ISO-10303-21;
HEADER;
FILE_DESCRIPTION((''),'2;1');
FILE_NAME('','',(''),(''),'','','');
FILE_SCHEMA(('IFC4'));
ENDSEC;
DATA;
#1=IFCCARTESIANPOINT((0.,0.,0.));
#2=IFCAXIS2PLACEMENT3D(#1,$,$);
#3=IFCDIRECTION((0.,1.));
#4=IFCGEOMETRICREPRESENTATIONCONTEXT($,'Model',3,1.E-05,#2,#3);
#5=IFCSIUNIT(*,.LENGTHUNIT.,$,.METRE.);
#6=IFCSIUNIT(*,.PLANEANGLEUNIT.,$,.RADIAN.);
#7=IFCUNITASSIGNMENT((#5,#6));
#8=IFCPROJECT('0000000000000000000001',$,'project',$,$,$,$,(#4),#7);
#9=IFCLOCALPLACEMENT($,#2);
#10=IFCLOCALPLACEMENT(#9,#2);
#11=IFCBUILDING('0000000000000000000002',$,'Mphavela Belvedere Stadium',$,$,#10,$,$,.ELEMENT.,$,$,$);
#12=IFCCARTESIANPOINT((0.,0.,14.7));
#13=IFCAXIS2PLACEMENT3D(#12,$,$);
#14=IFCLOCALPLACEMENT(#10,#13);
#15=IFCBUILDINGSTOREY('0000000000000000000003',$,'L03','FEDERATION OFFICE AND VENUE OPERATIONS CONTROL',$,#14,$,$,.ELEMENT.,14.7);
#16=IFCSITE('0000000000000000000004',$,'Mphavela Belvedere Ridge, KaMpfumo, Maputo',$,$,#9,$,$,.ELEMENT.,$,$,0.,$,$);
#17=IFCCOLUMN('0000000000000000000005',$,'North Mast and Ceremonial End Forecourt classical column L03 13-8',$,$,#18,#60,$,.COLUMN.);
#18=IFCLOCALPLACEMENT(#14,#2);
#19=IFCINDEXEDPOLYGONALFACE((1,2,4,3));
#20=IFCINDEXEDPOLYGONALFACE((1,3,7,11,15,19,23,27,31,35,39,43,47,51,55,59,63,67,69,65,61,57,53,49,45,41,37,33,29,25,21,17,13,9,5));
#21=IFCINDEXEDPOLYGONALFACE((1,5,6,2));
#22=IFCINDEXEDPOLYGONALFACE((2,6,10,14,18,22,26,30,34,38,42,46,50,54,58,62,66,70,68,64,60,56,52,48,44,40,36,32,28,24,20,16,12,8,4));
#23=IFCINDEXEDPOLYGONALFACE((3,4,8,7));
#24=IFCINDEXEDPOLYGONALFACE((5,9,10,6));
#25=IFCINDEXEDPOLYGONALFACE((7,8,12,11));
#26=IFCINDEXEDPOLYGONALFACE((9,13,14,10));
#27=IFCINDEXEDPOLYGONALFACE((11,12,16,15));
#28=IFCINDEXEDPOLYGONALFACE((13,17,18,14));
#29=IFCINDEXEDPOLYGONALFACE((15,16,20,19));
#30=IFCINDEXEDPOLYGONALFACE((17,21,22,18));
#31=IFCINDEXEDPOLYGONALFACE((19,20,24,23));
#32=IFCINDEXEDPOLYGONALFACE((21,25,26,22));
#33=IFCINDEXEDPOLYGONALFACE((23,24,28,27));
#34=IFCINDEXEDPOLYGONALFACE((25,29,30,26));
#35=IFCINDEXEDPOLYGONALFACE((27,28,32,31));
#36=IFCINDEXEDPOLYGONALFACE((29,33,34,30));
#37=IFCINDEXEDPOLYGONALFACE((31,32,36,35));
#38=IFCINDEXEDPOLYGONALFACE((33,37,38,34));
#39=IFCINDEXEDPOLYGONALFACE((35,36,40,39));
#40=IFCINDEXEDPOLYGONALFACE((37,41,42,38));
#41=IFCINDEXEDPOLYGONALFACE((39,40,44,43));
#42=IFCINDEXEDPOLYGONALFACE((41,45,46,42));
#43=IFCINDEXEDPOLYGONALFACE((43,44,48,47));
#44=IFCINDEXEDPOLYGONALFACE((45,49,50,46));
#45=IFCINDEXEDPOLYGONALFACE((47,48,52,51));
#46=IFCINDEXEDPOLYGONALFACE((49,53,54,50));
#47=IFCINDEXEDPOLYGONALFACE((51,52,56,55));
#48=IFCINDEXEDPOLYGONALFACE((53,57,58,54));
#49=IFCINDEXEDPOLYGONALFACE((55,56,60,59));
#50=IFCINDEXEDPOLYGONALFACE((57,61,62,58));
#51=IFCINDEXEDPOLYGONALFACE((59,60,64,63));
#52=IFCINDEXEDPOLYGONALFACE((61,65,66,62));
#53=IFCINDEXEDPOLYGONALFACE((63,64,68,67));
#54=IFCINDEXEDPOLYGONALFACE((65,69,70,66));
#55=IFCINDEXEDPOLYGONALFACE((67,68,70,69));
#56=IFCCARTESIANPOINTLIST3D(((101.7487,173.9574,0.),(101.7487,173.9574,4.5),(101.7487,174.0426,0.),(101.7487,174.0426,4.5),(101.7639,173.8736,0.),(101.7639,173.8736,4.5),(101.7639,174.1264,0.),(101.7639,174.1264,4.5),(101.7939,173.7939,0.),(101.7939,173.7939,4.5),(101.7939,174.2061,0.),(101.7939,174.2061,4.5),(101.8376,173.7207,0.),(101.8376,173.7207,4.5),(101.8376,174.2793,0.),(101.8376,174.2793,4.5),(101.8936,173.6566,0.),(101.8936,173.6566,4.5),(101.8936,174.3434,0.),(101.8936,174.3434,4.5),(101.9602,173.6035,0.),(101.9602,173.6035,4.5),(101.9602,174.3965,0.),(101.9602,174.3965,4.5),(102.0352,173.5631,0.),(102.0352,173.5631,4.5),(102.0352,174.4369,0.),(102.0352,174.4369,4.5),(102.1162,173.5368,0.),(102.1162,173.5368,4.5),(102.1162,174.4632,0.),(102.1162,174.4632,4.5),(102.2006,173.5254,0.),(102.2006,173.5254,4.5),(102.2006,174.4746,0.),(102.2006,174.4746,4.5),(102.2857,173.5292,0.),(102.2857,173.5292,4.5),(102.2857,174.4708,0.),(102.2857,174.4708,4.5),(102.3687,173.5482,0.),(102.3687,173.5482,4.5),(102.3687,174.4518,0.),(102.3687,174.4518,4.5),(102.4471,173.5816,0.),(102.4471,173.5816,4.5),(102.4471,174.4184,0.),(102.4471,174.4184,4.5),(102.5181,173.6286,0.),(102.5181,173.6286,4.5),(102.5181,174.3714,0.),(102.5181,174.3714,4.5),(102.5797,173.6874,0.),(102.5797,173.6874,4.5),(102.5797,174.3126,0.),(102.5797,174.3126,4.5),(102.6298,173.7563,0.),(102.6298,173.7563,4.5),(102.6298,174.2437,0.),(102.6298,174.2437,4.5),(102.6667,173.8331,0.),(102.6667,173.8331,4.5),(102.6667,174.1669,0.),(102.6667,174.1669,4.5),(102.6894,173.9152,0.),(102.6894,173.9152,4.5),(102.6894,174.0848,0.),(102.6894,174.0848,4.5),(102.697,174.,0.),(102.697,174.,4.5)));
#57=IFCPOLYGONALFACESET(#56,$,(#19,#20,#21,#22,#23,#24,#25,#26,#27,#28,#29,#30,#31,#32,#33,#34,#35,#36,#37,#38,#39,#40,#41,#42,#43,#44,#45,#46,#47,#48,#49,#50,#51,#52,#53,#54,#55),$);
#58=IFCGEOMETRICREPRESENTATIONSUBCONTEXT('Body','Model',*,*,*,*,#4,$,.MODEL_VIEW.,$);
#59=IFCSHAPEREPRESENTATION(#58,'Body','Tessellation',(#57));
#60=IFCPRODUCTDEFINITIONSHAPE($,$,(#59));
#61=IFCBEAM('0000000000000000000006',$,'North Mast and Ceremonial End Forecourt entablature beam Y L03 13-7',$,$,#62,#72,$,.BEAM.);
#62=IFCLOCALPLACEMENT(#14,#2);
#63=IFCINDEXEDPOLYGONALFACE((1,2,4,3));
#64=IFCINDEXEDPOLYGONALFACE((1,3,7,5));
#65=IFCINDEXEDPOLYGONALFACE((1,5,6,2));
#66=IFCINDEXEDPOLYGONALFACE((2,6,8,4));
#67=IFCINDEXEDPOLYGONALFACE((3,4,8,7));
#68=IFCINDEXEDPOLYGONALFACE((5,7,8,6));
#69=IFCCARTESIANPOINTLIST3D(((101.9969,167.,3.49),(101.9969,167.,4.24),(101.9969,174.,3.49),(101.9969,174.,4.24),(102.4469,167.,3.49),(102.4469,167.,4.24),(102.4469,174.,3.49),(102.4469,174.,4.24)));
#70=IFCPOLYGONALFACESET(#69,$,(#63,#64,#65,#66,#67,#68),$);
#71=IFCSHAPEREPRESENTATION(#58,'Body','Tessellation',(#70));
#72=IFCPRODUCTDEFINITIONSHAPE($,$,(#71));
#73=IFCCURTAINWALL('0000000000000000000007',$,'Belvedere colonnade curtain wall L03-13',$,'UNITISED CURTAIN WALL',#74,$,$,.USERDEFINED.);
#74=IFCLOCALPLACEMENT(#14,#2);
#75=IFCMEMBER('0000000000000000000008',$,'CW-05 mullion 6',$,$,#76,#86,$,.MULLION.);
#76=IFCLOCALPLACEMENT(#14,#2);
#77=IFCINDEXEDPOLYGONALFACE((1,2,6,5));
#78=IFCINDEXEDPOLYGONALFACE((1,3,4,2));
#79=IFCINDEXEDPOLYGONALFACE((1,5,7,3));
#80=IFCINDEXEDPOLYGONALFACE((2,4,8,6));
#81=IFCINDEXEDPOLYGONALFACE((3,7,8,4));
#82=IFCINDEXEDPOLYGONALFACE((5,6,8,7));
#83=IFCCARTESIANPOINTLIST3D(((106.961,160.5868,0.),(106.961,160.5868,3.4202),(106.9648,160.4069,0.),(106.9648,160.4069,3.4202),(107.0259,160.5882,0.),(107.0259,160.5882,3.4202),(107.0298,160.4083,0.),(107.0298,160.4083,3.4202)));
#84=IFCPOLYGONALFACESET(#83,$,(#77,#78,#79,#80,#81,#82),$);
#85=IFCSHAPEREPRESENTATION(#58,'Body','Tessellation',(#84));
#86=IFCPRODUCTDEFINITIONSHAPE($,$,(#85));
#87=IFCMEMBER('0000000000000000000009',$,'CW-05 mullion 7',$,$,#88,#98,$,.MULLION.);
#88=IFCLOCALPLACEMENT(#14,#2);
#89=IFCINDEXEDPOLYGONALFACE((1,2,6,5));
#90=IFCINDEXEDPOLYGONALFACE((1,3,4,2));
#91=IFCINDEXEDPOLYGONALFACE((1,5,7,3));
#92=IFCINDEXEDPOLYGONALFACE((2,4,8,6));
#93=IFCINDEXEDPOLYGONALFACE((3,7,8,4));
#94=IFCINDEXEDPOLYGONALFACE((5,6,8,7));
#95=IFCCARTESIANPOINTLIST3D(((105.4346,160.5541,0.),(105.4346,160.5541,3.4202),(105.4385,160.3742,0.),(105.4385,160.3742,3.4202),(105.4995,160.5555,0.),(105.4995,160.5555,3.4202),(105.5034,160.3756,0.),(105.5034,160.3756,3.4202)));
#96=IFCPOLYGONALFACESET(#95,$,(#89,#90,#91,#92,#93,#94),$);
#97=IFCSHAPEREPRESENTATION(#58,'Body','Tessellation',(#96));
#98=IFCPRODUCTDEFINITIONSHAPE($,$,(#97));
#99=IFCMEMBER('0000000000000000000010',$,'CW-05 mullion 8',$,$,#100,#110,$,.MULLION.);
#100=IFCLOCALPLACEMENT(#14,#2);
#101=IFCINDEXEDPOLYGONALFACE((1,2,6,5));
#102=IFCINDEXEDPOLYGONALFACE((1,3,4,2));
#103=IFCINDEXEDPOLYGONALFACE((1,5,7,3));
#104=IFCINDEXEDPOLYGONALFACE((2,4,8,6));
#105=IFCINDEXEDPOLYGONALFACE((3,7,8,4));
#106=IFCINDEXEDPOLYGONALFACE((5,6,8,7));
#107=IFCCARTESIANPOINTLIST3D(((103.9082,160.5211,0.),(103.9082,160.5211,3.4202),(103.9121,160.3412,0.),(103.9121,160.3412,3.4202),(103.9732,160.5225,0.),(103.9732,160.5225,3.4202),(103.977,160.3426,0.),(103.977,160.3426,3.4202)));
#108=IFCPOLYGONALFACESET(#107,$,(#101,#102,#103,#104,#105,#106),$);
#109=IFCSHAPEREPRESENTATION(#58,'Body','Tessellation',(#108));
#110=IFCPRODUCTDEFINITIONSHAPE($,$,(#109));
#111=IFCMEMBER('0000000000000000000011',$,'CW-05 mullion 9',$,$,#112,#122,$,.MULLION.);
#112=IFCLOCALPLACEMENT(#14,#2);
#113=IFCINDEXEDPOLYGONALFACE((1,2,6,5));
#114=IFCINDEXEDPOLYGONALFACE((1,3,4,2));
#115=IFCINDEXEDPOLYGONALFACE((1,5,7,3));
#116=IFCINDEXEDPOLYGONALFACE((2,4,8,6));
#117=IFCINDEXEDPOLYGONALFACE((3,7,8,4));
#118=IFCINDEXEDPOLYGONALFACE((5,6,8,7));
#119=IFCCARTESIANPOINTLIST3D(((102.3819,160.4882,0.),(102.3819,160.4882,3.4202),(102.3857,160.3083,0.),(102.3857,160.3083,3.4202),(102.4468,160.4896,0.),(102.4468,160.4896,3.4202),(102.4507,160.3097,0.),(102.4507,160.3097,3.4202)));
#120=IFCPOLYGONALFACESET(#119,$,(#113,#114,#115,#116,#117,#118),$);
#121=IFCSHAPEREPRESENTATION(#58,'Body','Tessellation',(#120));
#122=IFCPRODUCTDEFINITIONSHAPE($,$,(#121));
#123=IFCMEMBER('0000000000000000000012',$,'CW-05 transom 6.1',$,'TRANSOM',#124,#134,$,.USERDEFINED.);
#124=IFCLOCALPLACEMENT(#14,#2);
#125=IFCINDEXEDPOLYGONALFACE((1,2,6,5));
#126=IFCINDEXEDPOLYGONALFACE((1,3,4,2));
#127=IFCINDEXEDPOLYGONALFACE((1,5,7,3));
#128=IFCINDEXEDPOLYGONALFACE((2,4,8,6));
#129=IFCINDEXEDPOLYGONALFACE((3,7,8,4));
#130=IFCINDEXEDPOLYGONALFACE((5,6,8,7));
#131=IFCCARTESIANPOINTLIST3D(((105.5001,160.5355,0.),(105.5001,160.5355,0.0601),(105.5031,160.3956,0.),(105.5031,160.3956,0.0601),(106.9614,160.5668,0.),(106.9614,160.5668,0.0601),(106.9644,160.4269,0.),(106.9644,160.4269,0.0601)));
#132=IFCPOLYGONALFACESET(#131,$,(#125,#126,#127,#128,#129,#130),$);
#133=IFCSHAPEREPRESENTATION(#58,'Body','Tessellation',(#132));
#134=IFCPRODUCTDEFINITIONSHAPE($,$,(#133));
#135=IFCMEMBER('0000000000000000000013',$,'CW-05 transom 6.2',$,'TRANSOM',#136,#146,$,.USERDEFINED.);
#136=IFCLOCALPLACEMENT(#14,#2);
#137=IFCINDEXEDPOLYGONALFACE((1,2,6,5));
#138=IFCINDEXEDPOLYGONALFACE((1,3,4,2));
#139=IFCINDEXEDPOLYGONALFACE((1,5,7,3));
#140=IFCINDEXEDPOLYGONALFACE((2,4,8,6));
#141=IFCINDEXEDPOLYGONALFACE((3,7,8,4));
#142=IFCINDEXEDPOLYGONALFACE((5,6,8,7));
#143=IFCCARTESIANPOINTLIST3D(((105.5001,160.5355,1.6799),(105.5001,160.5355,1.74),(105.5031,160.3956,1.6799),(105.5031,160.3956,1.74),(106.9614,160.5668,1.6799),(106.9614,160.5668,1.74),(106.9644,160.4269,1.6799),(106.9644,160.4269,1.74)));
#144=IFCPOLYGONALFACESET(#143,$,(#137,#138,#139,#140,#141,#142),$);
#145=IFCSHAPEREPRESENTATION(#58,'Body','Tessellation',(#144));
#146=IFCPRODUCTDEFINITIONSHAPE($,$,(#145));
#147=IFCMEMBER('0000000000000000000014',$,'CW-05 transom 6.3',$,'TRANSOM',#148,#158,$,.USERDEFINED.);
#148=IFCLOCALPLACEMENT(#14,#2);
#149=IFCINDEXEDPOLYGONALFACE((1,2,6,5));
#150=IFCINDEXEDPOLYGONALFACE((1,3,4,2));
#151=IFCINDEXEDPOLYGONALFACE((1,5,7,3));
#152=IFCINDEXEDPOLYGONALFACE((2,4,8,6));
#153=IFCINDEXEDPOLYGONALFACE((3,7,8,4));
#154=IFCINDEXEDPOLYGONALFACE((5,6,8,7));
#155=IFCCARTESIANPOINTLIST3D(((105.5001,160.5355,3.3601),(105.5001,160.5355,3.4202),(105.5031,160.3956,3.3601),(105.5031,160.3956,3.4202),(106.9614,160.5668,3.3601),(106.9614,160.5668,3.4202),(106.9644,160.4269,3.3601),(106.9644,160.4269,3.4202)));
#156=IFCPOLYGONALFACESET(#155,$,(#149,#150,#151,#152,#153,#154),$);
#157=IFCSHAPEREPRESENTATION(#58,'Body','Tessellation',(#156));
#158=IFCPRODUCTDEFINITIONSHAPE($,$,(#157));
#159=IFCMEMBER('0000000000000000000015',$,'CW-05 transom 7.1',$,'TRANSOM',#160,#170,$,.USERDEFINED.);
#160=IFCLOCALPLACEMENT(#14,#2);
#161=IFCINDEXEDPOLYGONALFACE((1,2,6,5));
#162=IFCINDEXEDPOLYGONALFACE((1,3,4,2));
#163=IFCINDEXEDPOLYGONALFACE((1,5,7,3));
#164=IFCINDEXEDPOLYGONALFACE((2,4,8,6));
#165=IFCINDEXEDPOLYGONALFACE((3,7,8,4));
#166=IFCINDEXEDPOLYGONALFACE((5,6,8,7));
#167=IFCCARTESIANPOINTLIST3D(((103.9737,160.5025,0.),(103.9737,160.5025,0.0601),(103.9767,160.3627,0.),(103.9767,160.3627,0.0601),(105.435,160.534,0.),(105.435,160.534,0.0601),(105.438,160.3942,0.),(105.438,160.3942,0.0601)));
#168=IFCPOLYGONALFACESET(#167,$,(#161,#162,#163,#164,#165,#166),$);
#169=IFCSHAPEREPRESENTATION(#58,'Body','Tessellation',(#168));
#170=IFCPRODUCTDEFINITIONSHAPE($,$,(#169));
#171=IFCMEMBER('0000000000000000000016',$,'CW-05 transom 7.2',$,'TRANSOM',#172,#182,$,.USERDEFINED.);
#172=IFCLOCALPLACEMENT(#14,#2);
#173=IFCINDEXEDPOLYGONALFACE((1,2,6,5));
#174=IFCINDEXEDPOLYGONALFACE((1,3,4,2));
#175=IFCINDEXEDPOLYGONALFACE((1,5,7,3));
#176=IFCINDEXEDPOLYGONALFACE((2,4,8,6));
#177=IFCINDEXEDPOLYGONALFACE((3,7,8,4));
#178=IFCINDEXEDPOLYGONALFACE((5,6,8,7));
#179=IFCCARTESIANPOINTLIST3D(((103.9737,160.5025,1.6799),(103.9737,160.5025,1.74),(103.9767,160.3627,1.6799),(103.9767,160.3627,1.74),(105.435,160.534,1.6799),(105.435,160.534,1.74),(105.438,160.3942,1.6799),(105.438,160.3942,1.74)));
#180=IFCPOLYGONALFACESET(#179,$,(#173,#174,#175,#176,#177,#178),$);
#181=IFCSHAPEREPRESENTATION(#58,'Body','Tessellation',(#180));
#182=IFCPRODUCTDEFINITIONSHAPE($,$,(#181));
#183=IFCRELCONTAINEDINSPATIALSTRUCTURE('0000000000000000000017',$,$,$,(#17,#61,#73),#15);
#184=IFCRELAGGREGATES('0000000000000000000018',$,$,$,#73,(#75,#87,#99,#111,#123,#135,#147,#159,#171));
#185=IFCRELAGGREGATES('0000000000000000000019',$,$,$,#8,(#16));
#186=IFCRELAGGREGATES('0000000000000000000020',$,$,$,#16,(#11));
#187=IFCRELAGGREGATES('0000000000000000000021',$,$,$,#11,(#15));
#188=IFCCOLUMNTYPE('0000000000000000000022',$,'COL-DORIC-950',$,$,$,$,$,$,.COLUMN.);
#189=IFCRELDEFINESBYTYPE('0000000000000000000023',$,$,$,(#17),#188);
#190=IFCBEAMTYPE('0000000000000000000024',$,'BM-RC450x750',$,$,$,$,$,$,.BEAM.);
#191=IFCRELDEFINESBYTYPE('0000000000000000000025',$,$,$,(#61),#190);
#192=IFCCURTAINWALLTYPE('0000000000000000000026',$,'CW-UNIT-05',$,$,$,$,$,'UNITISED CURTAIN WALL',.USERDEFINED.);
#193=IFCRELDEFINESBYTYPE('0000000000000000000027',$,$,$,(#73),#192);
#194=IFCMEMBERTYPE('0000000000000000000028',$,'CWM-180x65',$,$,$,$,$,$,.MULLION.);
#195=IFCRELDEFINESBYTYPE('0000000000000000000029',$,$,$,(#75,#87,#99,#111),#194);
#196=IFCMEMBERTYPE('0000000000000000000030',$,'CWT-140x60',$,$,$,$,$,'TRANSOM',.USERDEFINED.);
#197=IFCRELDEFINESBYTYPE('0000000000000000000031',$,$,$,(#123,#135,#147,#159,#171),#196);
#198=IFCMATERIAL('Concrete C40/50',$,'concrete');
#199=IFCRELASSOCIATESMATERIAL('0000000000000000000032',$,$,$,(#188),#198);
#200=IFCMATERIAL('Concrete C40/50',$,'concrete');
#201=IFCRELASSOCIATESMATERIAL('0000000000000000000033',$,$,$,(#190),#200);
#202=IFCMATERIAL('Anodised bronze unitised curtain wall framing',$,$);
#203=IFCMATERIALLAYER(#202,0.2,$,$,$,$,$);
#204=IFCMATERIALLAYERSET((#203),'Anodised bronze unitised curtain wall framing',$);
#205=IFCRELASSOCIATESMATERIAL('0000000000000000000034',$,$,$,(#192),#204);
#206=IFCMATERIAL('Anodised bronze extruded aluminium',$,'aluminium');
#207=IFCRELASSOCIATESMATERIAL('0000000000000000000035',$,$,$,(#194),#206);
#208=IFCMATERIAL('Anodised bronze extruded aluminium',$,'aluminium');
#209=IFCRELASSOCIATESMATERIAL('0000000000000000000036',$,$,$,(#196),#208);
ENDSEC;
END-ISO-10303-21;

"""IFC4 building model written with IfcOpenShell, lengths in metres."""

from ifc_helpers import new_model, si_unit, direction, frame, origin, origin_2d, place, context, subcontext, project, spatial, rectangle, circle, extrude, material, layer, layer_set, material_profile, profile_set, type_object, element, aggregate, save


model = new_model("IFC4")

# Units and contexts
model_context = context("Model", 3, precision=1e-05, world=origin(), true_north=direction((0.0, 1.0)))
body_context = subcontext(model_context, "Body", "Model", "MODEL_VIEW")
ifc_project = project(units=[si_unit("LENGTHUNIT", "METRE"), si_unit("PLANEANGLEUNIT", "RADIAN")], contexts=[model_context])

# Site, building, storey
site_placement = place(None, origin())
site = spatial("IfcSite", under=ifc_project, at=site_placement, Name="Mphavela Belvedere Ridge, KaMpfumo, Maputo", CompositionType="ELEMENT", RefElevation=0.0)
building_placement = place(site_placement, origin())
building = spatial("IfcBuilding", under=site, at=building_placement, Name="Mphavela Belvedere Stadium", CompositionType="ELEMENT")
storey_placement = place(building_placement, frame((0.0, 0.0, 14.7)))
storey = spatial("IfcBuildingStorey", under=building, at=storey_placement, Name="L03", Description="FEDERATION OFFICE AND VENUE OPERATIONS CONTROL", CompositionType="ELEMENT", Elevation=14.7)

# Column
ifc_material_1 = material(Name="Concrete C40/50", Category="concrete")
ifc_material_profile_1 = material_profile(ifc_material_1, circle(Radius=0.4751, at=origin_2d()), Name="COL D950")
ifc_profile_set_1 = profile_set([ifc_material_profile_1], Name="Concrete C40/50")
column_type = type_object("IfcColumnType", Name="COL-DORIC-950", PredefinedType="COLUMN", material=ifc_profile_set_1)
column_placement = place(storey_placement, frame((102.2219, 174.0, 0.0), z_axis=(0.0, 0.0, 1.0), x_axis=(1.0, 0.0, 0.0)))
element("IfcColumn", 1, at=column_placement, inside=storey, type_object=column_type, Name="North Mast and Ceremonial End Forecourt classical column L03 13-8", PredefinedType="COLUMN", context=body_context, shape_type="SweptSolid", body=[
    extrude(circle(Radius=0.4751, at=origin_2d()), origin(), (0.0, 0.0, 1.0), 4.5),
])

# Beam
ifc_material_2 = material(Name="Concrete C40/50", Category="concrete")
ifc_material_profile_2 = material_profile(ifc_material_2, rectangle(XDim=0.45, YDim=0.75, at=origin_2d()), Name="RC 450x750")
ifc_profile_set_2 = profile_set([ifc_material_profile_2], Name="Concrete C40/50")
beam_type = type_object("IfcBeamType", Name="BM-RC450x750", PredefinedType="BEAM", material=ifc_profile_set_2)
beam_placement = place(storey_placement, frame((102.2219, 167.0, 3.865), z_axis=(0.0, 1.0, 0.0), x_axis=(-1.0, 0.0, 0.0)))
element("IfcBeam", 2, at=beam_placement, inside=storey, type_object=beam_type, Name="North Mast and Ceremonial End Forecourt entablature beam Y L03 13-7", PredefinedType="BEAM", context=body_context, shape_type="SweptSolid", body=[
    extrude(rectangle(XDim=0.45, YDim=0.75, at=origin_2d()), origin(), (0.0, 0.0, 1.0), 7.0),
])

# Curtain wall, members
ifc_material_3 = material(Name="Anodised bronze unitised curtain wall framing")
ifc_layer_1 = layer(ifc_material_3, 0.2)
ifc_layer_set_1 = layer_set([ifc_layer_1], Name="Anodised bronze unitised curtain wall framing")
curtain_wall_type = type_object("IfcCurtainWallType", Name="CW-UNIT-05", ElementType="UNITISED CURTAIN WALL", PredefinedType="USERDEFINED", material=ifc_layer_set_1)
curtain_wall_placement = place(storey_placement, origin())
curtain_wall = element("IfcCurtainWall", 3, at=curtain_wall_placement, inside=storey, type_object=curtain_wall_type, Name="Belvedere colonnade curtain wall L03-13", ObjectType="UNITISED CURTAIN WALL", PredefinedType="USERDEFINED")
ifc_material_4 = material(Name="Anodised bronze extruded aluminium", Category="aluminium")
ifc_material_profile_3 = material_profile(ifc_material_4, rectangle(XDim=0.1799, YDim=0.0649, at=origin_2d()), Name="CW-MUL 180x65")
ifc_profile_set_3 = profile_set([ifc_material_profile_3], Name="Anodised bronze extruded aluminium")
member_type_1 = type_object("IfcMemberType", Name="CWM-180x65", PredefinedType="MULLION", material=ifc_profile_set_3)
member_1_placement = place(storey_placement, frame((106.9954, 160.4976, 0.0), z_axis=(0.0, 0.0, 1.0), x_axis=(0.021531, -0.999768, 0.0)))
member_1 = element("IfcMember", 4, at=member_1_placement, type_object=member_type_1, Name="CW-05 mullion 6", PredefinedType="MULLION", context=body_context, shape_type="SweptSolid", body=[
    extrude(rectangle(XDim=0.1799, YDim=0.0649, at=origin_2d()), origin(), (0.0, 0.0, 1.0), 3.4202),
])
member_2_placement = place(storey_placement, frame((105.469, 160.4648, 0.0), z_axis=(0.0, 0.0, 1.0), x_axis=(0.021531, -0.999768, 0.0)))
member_2 = element("IfcMember", 5, at=member_2_placement, type_object=member_type_1, Name="CW-05 mullion 7", PredefinedType="MULLION", context=body_context, shape_type="SweptSolid", body=[
    extrude(rectangle(XDim=0.1799, YDim=0.0649, at=origin_2d()), origin(), (0.0, 0.0, 1.0), 3.4202),
])
member_3_placement = place(storey_placement, frame((103.9426, 160.4319, 0.0), z_axis=(0.0, 0.0, 1.0), x_axis=(0.021531, -0.999768, 0.0)))
member_3 = element("IfcMember", 6, at=member_3_placement, type_object=member_type_1, Name="CW-05 mullion 8", PredefinedType="MULLION", context=body_context, shape_type="SweptSolid", body=[
    extrude(rectangle(XDim=0.1799, YDim=0.0649, at=origin_2d()), origin(), (0.0, 0.0, 1.0), 3.4202),
])
member_4_placement = place(storey_placement, frame((102.4163, 160.3989, 0.0), z_axis=(0.0, 0.0, 1.0), x_axis=(0.021531, -0.999768, 0.0)))
member_4 = element("IfcMember", 7, at=member_4_placement, type_object=member_type_1, Name="CW-05 mullion 9", PredefinedType="MULLION", context=body_context, shape_type="SweptSolid", body=[
    extrude(rectangle(XDim=0.1799, YDim=0.0649, at=origin_2d()), origin(), (0.0, 0.0, 1.0), 3.4202),
])
ifc_material_5 = material(Name="Anodised bronze extruded aluminium", Category="aluminium")
ifc_material_profile_4 = material_profile(ifc_material_5, rectangle(XDim=0.1399, YDim=0.0601, at=origin_2d()), Name="CW-TRN 140x60")
ifc_profile_set_4 = profile_set([ifc_material_profile_4], Name="Anodised bronze extruded aluminium")
member_type_2 = type_object("IfcMemberType", Name="CWT-140x60", ElementType="TRANSOM", PredefinedType="USERDEFINED", material=ifc_profile_set_4)
member_5_placement = place(storey_placement, frame((106.9629, 160.4968, 0.03), z_axis=(-0.999771, -0.021378, 0.0), x_axis=(0.021378, -0.999771, 0.0)))
member_5 = element("IfcMember", 8, at=member_5_placement, type_object=member_type_2, Name="CW-05 transom 6.1", ObjectType="TRANSOM", PredefinedType="USERDEFINED", context=body_context, shape_type="SweptSolid", body=[
    extrude(rectangle(XDim=0.1399, YDim=0.0601, at=origin_2d()), origin(), (0.0, 0.0, 1.0), 1.4617),
])
member_6_placement = place(storey_placement, frame((106.9629, 160.4968, 1.71), z_axis=(-0.999771, -0.021378, 0.0), x_axis=(0.021378, -0.999771, 0.0)))
member_6 = element("IfcMember", 9, at=member_6_placement, type_object=member_type_2, Name="CW-05 transom 6.2", ObjectType="TRANSOM", PredefinedType="USERDEFINED", context=body_context, shape_type="SweptSolid", body=[
    extrude(rectangle(XDim=0.1399, YDim=0.0601, at=origin_2d()), origin(), (0.0, 0.0, 1.0), 1.4617),
])
member_7_placement = place(storey_placement, frame((106.9629, 160.4968, 3.3901), z_axis=(-0.999771, -0.021378, 0.0), x_axis=(0.021378, -0.999771, 0.0)))
member_7 = element("IfcMember", 10, at=member_7_placement, type_object=member_type_2, Name="CW-05 transom 6.3", ObjectType="TRANSOM", PredefinedType="USERDEFINED", context=body_context, shape_type="SweptSolid", body=[
    extrude(rectangle(XDim=0.1399, YDim=0.0601, at=origin_2d()), origin(), (0.0, 0.0, 1.0), 1.4617),
])
member_8_placement = place(storey_placement, frame((105.4365, 160.4641, 0.03), z_axis=(-0.999768, -0.021545, 0.0), x_axis=(0.021545, -0.999768, 0.0)))
member_8 = element("IfcMember", 11, at=member_8_placement, type_object=member_type_2, Name="CW-05 transom 7.1", ObjectType="TRANSOM", PredefinedType="USERDEFINED", context=body_context, shape_type="SweptSolid", body=[
    extrude(rectangle(XDim=0.1399, YDim=0.0601, at=origin_2d()), origin(), (0.0, 0.0, 1.0), 1.4617),
])
member_9_placement = place(storey_placement, frame((105.4365, 160.4641, 1.71), z_axis=(-0.999768, -0.021545, 0.0), x_axis=(0.021545, -0.999768, 0.0)))
member_9 = element("IfcMember", 12, at=member_9_placement, type_object=member_type_2, Name="CW-05 transom 7.2", ObjectType="TRANSOM", PredefinedType="USERDEFINED", context=body_context, shape_type="SweptSolid", body=[
    extrude(rectangle(XDim=0.1399, YDim=0.0601, at=origin_2d()), origin(), (0.0, 0.0, 1.0), 1.4617),
])
aggregate(curtain_wall, [member_1, member_2, member_3, member_4, member_5, member_6, member_7, member_8, member_9])

save(model, "model.ifc")
